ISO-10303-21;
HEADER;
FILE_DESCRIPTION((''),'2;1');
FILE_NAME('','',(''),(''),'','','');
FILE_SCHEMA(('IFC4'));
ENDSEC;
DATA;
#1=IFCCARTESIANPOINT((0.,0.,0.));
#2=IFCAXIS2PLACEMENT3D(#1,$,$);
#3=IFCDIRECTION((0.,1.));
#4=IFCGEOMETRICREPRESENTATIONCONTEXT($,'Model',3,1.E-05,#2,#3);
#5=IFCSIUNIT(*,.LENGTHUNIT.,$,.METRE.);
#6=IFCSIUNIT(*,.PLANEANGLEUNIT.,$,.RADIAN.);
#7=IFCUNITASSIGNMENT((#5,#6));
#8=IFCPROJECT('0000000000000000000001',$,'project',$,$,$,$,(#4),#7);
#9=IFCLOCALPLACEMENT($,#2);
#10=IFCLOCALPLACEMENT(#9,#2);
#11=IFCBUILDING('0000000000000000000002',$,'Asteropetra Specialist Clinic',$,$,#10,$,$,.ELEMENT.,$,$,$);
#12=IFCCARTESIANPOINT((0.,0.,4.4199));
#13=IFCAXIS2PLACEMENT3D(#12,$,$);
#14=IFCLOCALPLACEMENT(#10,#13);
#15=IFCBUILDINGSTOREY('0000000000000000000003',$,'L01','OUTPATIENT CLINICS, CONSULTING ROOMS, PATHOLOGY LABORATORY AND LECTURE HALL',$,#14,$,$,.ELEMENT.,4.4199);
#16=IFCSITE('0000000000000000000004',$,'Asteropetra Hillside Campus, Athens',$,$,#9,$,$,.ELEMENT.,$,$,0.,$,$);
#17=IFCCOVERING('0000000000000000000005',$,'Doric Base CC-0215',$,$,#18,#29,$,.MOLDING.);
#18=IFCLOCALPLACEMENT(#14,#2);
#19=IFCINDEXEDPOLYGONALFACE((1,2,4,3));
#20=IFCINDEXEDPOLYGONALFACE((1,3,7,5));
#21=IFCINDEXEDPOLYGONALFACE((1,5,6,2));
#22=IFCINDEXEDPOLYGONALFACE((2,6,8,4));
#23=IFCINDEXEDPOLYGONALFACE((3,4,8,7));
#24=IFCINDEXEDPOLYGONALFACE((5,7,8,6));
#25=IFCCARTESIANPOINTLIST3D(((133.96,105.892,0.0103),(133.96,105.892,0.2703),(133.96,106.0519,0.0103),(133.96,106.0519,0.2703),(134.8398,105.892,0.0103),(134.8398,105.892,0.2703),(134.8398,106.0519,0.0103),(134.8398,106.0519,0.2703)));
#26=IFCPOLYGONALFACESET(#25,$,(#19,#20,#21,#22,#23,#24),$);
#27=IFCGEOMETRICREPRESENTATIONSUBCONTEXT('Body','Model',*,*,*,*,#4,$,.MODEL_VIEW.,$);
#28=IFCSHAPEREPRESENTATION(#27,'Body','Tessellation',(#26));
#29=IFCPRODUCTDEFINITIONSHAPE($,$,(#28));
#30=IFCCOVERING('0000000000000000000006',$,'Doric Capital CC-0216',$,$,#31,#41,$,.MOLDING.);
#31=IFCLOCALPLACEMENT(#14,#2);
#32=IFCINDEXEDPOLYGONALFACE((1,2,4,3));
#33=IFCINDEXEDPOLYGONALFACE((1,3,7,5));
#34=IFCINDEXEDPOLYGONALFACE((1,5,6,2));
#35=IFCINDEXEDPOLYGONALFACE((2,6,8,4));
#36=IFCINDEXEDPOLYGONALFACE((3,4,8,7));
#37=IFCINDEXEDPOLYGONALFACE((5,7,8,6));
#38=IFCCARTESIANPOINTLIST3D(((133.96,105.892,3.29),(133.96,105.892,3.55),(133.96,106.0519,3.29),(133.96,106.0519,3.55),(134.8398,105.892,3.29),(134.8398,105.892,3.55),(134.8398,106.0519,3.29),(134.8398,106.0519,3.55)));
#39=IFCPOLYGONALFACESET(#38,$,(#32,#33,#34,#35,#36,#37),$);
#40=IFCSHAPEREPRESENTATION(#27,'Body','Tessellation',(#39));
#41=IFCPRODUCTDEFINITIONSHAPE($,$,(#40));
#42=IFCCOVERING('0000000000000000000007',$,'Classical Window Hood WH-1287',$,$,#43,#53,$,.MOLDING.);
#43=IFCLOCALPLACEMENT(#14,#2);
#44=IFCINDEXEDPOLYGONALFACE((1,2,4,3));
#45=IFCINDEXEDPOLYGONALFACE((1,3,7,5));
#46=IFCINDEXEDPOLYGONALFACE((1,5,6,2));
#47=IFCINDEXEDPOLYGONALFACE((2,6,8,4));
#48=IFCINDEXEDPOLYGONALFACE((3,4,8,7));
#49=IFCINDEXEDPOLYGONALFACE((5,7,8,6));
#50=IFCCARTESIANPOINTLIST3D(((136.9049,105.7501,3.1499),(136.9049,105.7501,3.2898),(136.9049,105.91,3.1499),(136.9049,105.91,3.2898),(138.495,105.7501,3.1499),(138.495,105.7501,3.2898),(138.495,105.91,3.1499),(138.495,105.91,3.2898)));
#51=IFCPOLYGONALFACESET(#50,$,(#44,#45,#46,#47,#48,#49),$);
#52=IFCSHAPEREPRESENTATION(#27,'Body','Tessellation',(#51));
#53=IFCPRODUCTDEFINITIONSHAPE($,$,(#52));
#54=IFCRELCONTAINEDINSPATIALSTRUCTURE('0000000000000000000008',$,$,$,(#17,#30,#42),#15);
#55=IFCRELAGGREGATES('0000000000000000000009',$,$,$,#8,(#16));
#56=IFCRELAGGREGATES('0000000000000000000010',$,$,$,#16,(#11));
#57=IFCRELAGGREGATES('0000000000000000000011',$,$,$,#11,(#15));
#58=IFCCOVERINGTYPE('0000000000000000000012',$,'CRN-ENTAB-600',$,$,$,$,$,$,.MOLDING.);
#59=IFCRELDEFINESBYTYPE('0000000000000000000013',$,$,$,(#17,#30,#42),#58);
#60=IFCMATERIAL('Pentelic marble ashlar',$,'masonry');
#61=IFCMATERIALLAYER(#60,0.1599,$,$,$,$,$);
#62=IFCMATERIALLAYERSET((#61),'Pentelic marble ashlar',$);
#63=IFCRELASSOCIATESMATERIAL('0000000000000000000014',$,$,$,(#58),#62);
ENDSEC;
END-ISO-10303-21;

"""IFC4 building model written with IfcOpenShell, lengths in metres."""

from ifc_helpers import new_model, si_unit, direction, frame, origin, origin_2d, place, context, subcontext, project, spatial, rectangle, extrude, material, layer, layer_set, type_object, element, save


model = new_model("IFC4")

# Units and contexts
model_context = context("Model", 3, precision=1e-05, world=origin(), true_north=direction((0.0, 1.0)))
body_context = subcontext(model_context, "Body", "Model", "MODEL_VIEW")
ifc_project = project(units=[si_unit("LENGTHUNIT", "METRE"), si_unit("PLANEANGLEUNIT", "RADIAN")], contexts=[model_context])

# Site, building, storey
site_placement = place(None, origin())
site = spatial("IfcSite", under=ifc_project, at=site_placement, Name="Asteropetra Hillside Campus, Athens", CompositionType="ELEMENT", RefElevation=0.0)
building_placement = place(site_placement, origin())
building = spatial("IfcBuilding", under=site, at=building_placement, Name="Asteropetra Specialist Clinic", CompositionType="ELEMENT")
storey_placement = place(building_placement, frame((0.0, 0.0, 4.4199)))
storey = spatial("IfcBuildingStorey", under=building, at=storey_placement, Name="L01", Description="OUTPATIENT CLINICS, CONSULTING ROOMS, PATHOLOGY LABORATORY AND LECTURE HALL", CompositionType="ELEMENT", Elevation=4.4199)

# Coverings
ifc_material_1 = material(Name="Pentelic marble ashlar", Category="masonry")
ifc_layer_1 = layer(ifc_material_1, 0.1599)
ifc_layer_set_1 = layer_set([ifc_layer_1], Name="Pentelic marble ashlar")
covering_type_1 = type_object("IfcCoveringType", Name="CRN-ENTAB-600", PredefinedType="MOLDING", material=ifc_layer_set_1)
for number, where, z_axis, x_axis, name in (
    (1, (134.3999, 105.9719, 0.0103), (0.0, 0.0, 1.0), (1.0, 0.0, 0.0), "Doric Base CC-0215"),
    (2, (134.3999, 105.9719, 3.29), (0.0, 0.0, 1.0), (1.0, 0.0, 0.0), "Doric Capital CC-0216"),
):
    element("IfcCovering", number, at=place(storey_placement, frame(where, z_axis=z_axis, x_axis=x_axis)), inside=storey, type_object=covering_type_1, Name=name, PredefinedType="MOLDING", context=body_context, shape_type="SweptSolid", body=[
        extrude(rectangle(XDim=0.8799, YDim=0.1599, at=origin_2d()), origin(), (0.0, 0.0, 1.0), 0.26),
    ])
covering_1_placement = place(storey_placement, frame((137.7, 105.8301, 3.1499), z_axis=(0.0, 0.0, 1.0), x_axis=(1.0, 0.0, 0.0)))
element("IfcCovering", 3, at=covering_1_placement, inside=storey, type_object=covering_type_1, Name="Classical Window Hood WH-1287", PredefinedType="MOLDING", context=body_context, shape_type="SweptSolid", body=[
    extrude(rectangle(XDim=1.5901, YDim=0.1599, at=origin_2d()), origin(), (0.0, 0.0, 1.0), 0.1399),
])

save(model, "model.ifc")
